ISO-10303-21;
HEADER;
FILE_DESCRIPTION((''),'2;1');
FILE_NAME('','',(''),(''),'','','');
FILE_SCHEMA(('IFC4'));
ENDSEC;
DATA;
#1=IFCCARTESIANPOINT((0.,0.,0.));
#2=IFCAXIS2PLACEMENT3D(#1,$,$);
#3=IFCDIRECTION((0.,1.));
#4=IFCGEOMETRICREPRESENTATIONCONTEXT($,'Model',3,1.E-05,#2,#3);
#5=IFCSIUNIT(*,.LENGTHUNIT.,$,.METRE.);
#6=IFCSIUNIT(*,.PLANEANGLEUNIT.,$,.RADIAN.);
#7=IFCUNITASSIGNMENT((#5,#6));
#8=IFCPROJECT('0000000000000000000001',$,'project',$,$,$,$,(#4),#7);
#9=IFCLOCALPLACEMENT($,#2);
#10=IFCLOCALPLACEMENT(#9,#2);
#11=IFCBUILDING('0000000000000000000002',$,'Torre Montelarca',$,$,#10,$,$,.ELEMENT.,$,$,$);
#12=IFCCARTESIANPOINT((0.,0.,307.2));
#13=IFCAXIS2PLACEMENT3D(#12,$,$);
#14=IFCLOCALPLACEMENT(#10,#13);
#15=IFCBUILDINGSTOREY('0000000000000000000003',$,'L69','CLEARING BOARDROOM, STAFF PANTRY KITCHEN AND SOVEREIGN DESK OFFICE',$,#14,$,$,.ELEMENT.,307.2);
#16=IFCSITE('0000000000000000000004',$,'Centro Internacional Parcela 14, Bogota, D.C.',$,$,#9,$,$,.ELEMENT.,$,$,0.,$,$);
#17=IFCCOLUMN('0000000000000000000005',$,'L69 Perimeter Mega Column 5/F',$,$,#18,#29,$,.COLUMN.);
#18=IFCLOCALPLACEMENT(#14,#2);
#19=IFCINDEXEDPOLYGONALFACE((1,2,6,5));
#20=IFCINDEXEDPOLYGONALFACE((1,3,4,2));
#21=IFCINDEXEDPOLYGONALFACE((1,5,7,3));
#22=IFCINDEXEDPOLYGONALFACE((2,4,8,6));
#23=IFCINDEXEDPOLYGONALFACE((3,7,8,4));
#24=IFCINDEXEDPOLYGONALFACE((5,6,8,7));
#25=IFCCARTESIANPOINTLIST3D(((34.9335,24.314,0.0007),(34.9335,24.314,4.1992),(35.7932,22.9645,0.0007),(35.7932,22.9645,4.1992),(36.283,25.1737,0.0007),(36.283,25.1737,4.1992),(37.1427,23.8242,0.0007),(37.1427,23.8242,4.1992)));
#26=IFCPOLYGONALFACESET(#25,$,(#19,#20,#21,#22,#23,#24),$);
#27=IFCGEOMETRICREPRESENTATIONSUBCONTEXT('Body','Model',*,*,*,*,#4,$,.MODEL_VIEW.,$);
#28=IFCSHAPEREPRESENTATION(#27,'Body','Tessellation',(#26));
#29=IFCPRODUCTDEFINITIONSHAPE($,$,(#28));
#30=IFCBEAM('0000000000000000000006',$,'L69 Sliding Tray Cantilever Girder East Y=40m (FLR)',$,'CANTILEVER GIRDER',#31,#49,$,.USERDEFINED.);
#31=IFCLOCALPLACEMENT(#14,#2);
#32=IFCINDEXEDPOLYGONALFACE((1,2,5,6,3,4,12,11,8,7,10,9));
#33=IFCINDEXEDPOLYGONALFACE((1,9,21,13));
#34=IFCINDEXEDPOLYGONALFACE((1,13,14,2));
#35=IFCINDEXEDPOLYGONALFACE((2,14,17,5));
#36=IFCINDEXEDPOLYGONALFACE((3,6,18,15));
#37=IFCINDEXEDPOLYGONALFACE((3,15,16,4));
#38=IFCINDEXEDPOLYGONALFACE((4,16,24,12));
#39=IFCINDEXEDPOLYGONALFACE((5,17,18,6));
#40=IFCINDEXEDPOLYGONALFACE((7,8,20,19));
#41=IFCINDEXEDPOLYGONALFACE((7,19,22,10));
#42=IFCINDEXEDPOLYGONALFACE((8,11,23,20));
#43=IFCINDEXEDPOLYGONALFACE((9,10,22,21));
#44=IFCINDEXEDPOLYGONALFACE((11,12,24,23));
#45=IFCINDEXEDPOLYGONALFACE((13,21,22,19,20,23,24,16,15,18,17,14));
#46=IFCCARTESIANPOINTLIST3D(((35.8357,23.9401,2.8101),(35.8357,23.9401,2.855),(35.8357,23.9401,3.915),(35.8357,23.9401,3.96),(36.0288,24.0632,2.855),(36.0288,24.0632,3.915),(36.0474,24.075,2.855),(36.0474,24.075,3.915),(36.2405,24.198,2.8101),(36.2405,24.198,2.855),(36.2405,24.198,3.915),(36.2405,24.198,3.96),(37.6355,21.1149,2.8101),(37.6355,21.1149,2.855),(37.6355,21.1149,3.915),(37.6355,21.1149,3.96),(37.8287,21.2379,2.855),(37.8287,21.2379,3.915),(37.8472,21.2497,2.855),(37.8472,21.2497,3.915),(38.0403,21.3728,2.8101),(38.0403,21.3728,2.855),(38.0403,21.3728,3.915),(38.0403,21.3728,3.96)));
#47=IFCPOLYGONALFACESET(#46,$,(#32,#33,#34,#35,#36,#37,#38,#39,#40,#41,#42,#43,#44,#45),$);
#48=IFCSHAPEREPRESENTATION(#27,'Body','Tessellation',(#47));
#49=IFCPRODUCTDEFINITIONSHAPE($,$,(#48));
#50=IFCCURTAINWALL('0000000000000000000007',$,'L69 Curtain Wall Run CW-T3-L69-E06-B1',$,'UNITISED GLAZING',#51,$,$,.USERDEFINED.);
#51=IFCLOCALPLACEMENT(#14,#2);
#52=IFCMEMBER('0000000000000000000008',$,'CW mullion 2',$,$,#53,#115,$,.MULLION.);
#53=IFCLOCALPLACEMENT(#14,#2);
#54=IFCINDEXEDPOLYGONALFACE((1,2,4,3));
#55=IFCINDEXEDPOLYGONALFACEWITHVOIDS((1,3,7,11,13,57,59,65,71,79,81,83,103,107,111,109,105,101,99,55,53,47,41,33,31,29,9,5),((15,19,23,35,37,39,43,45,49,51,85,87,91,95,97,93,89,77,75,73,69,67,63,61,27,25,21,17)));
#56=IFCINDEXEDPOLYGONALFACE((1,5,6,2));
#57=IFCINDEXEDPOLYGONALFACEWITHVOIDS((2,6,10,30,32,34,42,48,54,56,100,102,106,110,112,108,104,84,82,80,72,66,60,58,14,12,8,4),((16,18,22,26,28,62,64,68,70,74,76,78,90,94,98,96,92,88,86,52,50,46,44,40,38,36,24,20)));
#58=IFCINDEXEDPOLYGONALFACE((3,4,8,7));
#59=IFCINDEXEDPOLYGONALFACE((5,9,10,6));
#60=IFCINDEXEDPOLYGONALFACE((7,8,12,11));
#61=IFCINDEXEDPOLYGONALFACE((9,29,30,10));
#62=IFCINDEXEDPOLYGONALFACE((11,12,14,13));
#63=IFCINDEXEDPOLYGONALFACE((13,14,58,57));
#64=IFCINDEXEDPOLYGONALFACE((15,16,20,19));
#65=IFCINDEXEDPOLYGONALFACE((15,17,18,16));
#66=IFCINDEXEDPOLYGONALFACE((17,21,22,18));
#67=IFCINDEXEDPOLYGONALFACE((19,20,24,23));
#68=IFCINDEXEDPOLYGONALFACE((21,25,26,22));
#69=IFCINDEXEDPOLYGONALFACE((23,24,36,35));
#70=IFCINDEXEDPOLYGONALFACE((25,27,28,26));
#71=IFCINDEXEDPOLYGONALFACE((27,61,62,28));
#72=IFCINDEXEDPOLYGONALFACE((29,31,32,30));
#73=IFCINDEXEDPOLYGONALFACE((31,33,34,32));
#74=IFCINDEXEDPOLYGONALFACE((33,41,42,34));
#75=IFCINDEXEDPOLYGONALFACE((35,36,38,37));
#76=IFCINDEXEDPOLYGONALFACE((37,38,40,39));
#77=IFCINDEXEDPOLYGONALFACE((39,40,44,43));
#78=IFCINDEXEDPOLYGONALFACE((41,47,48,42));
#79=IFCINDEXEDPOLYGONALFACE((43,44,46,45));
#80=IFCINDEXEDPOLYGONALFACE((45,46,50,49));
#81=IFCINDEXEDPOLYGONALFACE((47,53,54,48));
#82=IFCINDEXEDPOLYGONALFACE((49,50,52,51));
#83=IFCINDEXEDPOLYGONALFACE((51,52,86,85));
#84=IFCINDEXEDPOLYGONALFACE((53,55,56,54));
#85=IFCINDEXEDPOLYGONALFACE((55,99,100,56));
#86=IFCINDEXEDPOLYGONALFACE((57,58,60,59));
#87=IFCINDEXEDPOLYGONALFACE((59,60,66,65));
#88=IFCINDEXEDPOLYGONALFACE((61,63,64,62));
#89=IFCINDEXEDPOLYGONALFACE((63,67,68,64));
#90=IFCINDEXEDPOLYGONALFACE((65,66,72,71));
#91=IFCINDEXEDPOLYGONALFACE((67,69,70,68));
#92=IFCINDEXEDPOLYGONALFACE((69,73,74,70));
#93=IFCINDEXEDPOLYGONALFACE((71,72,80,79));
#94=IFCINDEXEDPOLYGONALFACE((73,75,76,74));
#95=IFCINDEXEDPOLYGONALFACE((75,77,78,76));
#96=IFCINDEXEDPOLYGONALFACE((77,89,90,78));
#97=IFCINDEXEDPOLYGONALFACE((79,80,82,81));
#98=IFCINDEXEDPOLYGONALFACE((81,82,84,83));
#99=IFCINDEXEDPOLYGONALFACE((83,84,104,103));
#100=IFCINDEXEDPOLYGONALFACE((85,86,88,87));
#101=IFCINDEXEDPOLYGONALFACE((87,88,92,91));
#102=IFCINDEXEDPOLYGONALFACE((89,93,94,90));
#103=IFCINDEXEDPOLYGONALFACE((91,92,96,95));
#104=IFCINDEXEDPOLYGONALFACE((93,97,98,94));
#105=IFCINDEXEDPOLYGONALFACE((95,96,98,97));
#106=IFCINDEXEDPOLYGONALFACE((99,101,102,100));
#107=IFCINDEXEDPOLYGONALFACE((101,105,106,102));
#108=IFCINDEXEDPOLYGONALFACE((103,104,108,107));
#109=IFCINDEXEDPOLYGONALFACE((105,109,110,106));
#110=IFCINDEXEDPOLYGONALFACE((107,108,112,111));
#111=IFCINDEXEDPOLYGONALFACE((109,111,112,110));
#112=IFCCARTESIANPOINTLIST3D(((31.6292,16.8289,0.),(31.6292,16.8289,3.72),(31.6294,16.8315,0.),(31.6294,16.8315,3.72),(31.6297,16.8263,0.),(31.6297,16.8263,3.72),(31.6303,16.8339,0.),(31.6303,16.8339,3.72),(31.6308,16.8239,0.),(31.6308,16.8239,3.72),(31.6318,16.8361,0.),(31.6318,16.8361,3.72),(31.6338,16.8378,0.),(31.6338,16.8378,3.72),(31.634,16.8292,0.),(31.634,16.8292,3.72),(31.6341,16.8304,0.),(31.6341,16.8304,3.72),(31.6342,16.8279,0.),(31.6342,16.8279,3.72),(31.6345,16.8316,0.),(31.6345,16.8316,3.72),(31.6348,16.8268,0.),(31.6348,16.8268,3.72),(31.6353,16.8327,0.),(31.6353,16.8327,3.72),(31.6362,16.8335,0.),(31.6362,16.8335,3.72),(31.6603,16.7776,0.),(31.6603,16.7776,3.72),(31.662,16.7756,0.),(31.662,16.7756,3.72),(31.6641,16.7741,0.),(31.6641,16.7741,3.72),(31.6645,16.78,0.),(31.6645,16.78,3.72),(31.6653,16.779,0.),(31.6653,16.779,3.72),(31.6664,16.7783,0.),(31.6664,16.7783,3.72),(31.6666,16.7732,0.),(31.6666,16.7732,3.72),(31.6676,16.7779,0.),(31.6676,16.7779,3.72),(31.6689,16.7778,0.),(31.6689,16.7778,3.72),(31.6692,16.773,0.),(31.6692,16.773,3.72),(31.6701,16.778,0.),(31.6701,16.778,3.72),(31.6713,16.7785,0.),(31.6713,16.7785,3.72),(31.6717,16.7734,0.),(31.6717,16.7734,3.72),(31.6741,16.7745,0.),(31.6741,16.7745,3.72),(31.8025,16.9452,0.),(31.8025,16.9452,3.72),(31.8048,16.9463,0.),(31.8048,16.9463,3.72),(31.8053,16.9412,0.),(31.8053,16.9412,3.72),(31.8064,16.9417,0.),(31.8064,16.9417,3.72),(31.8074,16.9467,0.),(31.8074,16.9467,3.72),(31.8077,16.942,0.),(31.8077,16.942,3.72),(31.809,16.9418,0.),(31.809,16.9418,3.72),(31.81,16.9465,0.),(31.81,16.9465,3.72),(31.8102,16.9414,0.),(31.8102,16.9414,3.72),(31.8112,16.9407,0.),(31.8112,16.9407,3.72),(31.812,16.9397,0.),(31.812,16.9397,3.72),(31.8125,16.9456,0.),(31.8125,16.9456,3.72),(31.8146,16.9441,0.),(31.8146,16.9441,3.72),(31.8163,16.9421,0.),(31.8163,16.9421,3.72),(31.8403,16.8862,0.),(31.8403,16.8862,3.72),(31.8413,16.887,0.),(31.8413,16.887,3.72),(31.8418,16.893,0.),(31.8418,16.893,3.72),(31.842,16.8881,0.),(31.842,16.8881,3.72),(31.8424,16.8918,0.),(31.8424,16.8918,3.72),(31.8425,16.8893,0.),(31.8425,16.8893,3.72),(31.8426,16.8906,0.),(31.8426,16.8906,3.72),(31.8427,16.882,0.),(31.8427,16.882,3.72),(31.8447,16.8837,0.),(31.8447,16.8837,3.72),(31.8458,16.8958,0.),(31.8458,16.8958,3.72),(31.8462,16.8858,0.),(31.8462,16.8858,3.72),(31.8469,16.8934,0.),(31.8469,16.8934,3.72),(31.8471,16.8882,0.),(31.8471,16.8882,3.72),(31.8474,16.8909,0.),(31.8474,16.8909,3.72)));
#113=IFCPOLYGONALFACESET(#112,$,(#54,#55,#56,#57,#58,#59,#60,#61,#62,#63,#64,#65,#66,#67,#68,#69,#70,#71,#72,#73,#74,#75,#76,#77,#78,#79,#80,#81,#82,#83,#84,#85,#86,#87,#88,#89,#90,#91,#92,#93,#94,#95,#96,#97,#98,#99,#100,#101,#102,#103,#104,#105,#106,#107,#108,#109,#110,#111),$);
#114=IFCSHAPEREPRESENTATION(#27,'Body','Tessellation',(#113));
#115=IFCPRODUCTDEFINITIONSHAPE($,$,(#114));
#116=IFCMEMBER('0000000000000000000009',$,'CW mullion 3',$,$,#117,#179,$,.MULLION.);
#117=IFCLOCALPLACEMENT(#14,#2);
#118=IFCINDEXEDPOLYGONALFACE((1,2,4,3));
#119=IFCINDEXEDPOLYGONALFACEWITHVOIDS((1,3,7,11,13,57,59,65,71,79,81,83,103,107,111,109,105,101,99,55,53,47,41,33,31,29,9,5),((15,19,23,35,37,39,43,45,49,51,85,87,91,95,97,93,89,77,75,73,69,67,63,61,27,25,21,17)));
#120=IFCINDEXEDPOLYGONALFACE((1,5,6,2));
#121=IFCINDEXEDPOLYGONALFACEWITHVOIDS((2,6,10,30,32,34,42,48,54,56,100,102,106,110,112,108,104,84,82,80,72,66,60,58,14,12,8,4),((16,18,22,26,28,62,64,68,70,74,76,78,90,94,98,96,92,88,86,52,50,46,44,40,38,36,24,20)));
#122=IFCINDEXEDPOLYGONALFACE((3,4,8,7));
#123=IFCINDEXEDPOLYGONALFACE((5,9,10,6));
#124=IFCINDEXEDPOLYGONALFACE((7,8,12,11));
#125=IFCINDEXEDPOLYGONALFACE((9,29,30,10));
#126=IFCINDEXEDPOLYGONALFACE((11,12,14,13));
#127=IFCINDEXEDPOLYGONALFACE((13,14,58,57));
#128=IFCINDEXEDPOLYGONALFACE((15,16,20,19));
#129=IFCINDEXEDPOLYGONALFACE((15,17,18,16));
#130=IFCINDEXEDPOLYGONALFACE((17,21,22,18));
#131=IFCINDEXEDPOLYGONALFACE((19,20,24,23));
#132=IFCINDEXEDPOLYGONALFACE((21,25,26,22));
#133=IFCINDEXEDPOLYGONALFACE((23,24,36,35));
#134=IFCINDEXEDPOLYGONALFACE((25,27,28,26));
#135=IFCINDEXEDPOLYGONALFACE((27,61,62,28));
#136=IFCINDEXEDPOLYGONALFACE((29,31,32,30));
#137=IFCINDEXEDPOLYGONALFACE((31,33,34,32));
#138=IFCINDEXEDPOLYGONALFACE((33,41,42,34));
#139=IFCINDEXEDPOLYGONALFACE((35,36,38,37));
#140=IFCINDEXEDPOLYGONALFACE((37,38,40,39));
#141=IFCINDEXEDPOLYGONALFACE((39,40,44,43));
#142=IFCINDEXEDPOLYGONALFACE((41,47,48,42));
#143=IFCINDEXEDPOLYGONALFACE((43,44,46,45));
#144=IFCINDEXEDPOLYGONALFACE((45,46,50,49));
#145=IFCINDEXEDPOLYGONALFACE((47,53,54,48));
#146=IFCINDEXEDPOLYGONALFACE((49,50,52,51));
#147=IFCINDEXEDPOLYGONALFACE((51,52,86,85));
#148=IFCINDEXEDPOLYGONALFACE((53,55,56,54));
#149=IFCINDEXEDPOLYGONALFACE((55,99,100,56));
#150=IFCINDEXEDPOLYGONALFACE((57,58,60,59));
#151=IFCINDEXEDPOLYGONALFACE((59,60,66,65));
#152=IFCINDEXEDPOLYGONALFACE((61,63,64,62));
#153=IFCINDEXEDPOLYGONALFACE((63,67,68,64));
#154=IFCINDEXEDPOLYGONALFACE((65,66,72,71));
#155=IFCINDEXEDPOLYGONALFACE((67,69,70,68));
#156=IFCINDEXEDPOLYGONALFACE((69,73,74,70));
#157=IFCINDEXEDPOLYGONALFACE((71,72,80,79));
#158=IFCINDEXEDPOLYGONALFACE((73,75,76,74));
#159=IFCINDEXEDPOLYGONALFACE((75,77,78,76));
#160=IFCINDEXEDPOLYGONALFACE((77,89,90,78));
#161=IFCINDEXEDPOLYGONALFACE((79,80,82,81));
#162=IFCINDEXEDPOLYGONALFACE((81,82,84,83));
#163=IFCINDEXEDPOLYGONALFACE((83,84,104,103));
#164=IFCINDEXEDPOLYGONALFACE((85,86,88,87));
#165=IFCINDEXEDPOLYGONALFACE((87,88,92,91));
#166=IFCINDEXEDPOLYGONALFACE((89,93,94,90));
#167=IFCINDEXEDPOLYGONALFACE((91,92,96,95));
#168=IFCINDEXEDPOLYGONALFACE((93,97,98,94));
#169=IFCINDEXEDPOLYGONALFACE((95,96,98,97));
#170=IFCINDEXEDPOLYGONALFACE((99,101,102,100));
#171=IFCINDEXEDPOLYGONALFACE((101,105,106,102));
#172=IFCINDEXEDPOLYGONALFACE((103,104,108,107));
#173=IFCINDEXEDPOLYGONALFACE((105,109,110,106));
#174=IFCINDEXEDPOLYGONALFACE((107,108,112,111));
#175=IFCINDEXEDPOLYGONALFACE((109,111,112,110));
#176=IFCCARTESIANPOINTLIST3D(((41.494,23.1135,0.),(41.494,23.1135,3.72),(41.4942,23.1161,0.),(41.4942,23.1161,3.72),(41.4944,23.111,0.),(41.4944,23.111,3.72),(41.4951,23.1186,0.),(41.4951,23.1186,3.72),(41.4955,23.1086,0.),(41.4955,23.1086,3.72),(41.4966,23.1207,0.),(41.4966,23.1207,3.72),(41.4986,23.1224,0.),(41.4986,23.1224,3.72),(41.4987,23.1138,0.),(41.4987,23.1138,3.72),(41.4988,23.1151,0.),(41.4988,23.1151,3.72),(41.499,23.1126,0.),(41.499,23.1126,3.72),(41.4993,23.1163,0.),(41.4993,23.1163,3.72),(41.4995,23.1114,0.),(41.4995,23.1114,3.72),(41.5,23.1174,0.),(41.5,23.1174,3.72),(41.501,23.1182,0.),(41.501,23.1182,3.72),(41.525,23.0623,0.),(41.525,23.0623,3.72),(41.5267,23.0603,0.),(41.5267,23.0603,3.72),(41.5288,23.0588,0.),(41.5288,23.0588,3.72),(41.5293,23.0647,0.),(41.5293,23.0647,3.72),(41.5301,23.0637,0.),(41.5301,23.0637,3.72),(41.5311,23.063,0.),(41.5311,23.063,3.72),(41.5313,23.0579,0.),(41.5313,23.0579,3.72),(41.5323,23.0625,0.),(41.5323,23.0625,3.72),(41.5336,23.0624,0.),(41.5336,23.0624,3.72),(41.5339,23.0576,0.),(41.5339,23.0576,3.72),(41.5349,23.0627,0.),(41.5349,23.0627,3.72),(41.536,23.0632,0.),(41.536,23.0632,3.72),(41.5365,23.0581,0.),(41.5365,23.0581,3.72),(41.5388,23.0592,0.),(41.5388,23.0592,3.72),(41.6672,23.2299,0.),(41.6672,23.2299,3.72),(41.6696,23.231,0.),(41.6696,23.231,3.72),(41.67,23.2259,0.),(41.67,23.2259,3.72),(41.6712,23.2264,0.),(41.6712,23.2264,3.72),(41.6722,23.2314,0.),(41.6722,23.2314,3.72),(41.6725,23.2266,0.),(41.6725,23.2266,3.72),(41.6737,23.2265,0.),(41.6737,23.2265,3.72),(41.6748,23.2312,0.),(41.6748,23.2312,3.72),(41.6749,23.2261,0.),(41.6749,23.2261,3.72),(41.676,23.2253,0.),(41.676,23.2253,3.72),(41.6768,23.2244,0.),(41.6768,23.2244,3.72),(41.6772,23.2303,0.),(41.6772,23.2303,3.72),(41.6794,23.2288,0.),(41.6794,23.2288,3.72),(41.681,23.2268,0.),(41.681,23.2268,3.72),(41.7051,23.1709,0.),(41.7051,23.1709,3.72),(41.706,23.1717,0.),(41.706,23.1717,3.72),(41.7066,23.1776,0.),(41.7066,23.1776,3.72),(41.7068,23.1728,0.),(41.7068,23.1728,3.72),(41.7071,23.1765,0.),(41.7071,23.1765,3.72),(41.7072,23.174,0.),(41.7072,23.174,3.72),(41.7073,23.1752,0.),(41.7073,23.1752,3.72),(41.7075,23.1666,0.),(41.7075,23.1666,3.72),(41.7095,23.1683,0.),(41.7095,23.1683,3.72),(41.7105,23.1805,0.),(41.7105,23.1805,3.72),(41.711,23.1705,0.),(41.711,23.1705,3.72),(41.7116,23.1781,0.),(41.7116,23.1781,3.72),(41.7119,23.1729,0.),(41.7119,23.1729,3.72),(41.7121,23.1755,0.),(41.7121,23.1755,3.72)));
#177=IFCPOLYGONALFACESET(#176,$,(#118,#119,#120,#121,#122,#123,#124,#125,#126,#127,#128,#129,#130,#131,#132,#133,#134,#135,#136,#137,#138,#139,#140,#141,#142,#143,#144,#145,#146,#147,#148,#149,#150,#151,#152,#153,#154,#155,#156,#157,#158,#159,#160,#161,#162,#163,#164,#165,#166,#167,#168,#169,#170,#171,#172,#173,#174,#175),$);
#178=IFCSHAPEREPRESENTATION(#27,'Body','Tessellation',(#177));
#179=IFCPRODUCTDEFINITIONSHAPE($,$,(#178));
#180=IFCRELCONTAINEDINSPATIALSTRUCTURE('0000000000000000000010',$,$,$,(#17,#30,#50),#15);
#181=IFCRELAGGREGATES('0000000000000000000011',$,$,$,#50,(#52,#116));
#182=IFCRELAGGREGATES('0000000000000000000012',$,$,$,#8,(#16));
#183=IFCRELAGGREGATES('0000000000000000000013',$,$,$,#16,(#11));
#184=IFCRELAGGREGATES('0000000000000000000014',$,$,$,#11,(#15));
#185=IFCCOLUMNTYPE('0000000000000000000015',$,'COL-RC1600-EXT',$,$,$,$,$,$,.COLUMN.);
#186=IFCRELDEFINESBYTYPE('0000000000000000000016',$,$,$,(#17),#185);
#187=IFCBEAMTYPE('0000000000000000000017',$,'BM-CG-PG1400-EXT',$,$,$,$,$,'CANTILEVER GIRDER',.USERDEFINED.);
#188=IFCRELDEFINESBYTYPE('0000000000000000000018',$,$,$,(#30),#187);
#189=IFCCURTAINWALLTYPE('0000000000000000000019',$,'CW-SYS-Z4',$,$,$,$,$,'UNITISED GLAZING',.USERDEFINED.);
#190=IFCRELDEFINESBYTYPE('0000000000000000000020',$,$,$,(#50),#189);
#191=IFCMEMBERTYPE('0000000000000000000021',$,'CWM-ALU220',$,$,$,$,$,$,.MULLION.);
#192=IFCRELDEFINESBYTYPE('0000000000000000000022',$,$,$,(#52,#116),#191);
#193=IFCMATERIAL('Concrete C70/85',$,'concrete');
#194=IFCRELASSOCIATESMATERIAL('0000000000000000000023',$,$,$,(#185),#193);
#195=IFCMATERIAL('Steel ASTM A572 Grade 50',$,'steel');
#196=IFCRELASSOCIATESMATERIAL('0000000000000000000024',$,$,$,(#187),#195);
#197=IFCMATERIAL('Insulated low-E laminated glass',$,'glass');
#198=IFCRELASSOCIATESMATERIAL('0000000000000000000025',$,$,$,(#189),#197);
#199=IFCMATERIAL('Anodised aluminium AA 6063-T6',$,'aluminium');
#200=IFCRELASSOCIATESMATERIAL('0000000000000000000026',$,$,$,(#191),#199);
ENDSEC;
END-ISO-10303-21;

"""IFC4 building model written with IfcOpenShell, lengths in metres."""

from ifc_helpers import new_model, si_unit, direction, frame, origin, origin_2d, place, context, subcontext, project, spatial, rectangle, hollow_rectangle, i_section, extrude, source, transform, mapped, material, material_profile, profile_set, type_object, element, aggregate, save


model = new_model("IFC4")

# Units and contexts
model_context = context("Model", 3, precision=1e-05, world=origin(), true_north=direction((0.0, 1.0)))
body_context = subcontext(model_context, "Body", "Model", "MODEL_VIEW")
ifc_project = project(units=[si_unit("LENGTHUNIT", "METRE"), si_unit("PLANEANGLEUNIT", "RADIAN")], contexts=[model_context])

# Site, building, storey
site_placement = place(None, origin())
site = spatial("IfcSite", under=ifc_project, at=site_placement, Name="Centro Internacional Parcela 14, Bogota, D.C.", CompositionType="ELEMENT", RefElevation=0.0)
building_placement = place(site_placement, origin())
building = spatial("IfcBuilding", under=site, at=building_placement, Name="Torre Montelarca", CompositionType="ELEMENT")
storey_placement = place(building_placement, frame((0.0, 0.0, 307.2)))
storey = spatial("IfcBuildingStorey", under=building, at=storey_placement, Name="L69", Description="CLEARING BOARDROOM, STAFF PANTRY KITCHEN AND SOVEREIGN DESK OFFICE", CompositionType="ELEMENT", Elevation=307.2)

# Column
ifc_material_1 = material(Name="Concrete C70/85", Category="concrete")
ifc_material_profile_1 = material_profile(ifc_material_1, rectangle(XDim=1.6001, YDim=1.6001, at=origin_2d()), Name="RC1600X1600", Category="concrete")
ifc_profile_set_1 = profile_set([ifc_material_profile_1], Name="Concrete C70/85")
column_type = type_object("IfcColumnType", Name="COL-RC1600-EXT", PredefinedType="COLUMN", material=ifc_profile_set_1)
shared_shape_1 = source(origin(), body_context, "Body", "SweptSolid", [
    extrude(rectangle(XDim=1.6001, YDim=1.6001, at=origin_2d()), origin(), (0.0, 0.0, 1.0), 4.1985),
])
column_placement = place(storey_placement, frame((36.0381, 24.0691, 0.0007), z_axis=(0.0, 0.0, 1.0), x_axis=(-0.5373, 0.843391, 0.0)))
element("IfcColumn", 1, at=column_placement, inside=storey, type_object=column_type, Name="L69 Perimeter Mega Column 5/F", PredefinedType="COLUMN", context=body_context, shape_type="MappedRepresentation", body=[
    mapped(shared_shape_1, transform((0.0, 0.0, 0.0), scale=1.0)),
])

# Beam
ifc_material_2 = material(Name="Steel ASTM A572 Grade 50", Category="steel")
ifc_material_profile_2 = material_profile(ifc_material_2, i_section(OverallWidth=0.48, OverallDepth=1.1499, WebThickness=0.022, FlangeThickness=0.0449, at=origin_2d()), Name="PG1150X480X22X45", Category="steel")
ifc_profile_set_2 = profile_set([ifc_material_profile_2], Name="Steel ASTM A572 Grade 50")
beam_type = type_object("IfcBeamType", Name="BM-CG-PG1400-EXT", ElementType="CANTILEVER GIRDER", PredefinedType="USERDEFINED", material=ifc_profile_set_2)
shared_shape_2 = source(origin(), body_context, "Body", "SweptSolid", [
    extrude(i_section(OverallWidth=0.48, OverallDepth=1.1499, WebThickness=0.022, FlangeThickness=0.0449, at=origin_2d()), origin(), (0.0, 0.0, 1.0), 3.3499),
])
beam_placement = place(storey_placement, frame((36.0381, 24.0691, 3.385), z_axis=(0.53729, -0.843397, 0.0), x_axis=(0.843397, 0.53729, 0.0)))
element("IfcBeam", 2, at=beam_placement, inside=storey, type_object=beam_type, Name="L69 Sliding Tray Cantilever Girder East Y=40m (FLR)", ObjectType="CANTILEVER GIRDER", PredefinedType="USERDEFINED", context=body_context, shape_type="MappedRepresentation", body=[
    mapped(shared_shape_2, transform((0.0, 0.0, 0.0), scale=1.0)),
])

# Curtain wall, members
ifc_material_3 = material(Name="Insulated low-E laminated glass", Category="glass")
curtain_wall_type = type_object("IfcCurtainWallType", Name="CW-SYS-Z4", ElementType="UNITISED GLAZING", PredefinedType="USERDEFINED", material=ifc_material_3)
curtain_wall_1_placement = place(storey_placement, origin())
curtain_wall_1 = element("IfcCurtainWall", 3, at=curtain_wall_1_placement, inside=storey, type_object=curtain_wall_type, Name="L69 Curtain Wall Run CW-T3-L69-E06-B1", ObjectType="UNITISED GLAZING", PredefinedType="USERDEFINED")
ifc_material_4 = material(Name="Anodised aluminium AA 6063-T6", Category="aluminium")
ifc_material_profile_3 = material_profile(ifc_material_4, hollow_rectangle(XDim=0.075, YDim=0.22, WallThickness=0.0049, InnerFilletRadius=0.0049, OuterFilletRadius=0.01, at=origin_2d()), Name="ALU75X220X5", Category="aluminium")
ifc_profile_set_3 = profile_set([ifc_material_profile_3], Name="Anodised aluminium AA 6063-T6")
member_type_1 = type_object("IfcMemberType", Name="CWM-ALU220", PredefinedType="MULLION", material=ifc_profile_set_3)
shared_shape_3 = source(origin(), body_context, "Body", "SweptSolid", [
    extrude(hollow_rectangle(XDim=0.075, YDim=0.22, WallThickness=0.0049, InnerFilletRadius=0.0049, OuterFilletRadius=0.01, at=origin_2d()), origin(), (0.0, 0.0, 1.0), 3.72),
])
member_1_placement = place(storey_placement, frame((31.7383, 16.8599, 0.0), z_axis=(0.0, 0.0, 1.0), x_axis=(-0.537302, 0.84339, 0.0)))
member_1 = element("IfcMember", 4, at=member_1_placement, type_object=member_type_1, Name="CW mullion 2", PredefinedType="MULLION", context=body_context, shape_type="MappedRepresentation", body=[
    mapped(shared_shape_3, transform((0.0, 0.0, 0.0), scale=1.0)),
])
member_2_placement = place(storey_placement, frame((41.603, 23.1445, 0.0), z_axis=(0.0, 0.0, 1.0), x_axis=(-0.537302, 0.84339, 0.0)))
member_2 = element("IfcMember", 5, at=member_2_placement, type_object=member_type_1, Name="CW mullion 3", PredefinedType="MULLION", context=body_context, shape_type="MappedRepresentation", body=[
    mapped(shared_shape_3, transform((0.0, 0.0, 0.0), scale=1.0)),
])

aggregate(curtain_wall_1, [member_1, member_2])

save(model, "model.ifc")
